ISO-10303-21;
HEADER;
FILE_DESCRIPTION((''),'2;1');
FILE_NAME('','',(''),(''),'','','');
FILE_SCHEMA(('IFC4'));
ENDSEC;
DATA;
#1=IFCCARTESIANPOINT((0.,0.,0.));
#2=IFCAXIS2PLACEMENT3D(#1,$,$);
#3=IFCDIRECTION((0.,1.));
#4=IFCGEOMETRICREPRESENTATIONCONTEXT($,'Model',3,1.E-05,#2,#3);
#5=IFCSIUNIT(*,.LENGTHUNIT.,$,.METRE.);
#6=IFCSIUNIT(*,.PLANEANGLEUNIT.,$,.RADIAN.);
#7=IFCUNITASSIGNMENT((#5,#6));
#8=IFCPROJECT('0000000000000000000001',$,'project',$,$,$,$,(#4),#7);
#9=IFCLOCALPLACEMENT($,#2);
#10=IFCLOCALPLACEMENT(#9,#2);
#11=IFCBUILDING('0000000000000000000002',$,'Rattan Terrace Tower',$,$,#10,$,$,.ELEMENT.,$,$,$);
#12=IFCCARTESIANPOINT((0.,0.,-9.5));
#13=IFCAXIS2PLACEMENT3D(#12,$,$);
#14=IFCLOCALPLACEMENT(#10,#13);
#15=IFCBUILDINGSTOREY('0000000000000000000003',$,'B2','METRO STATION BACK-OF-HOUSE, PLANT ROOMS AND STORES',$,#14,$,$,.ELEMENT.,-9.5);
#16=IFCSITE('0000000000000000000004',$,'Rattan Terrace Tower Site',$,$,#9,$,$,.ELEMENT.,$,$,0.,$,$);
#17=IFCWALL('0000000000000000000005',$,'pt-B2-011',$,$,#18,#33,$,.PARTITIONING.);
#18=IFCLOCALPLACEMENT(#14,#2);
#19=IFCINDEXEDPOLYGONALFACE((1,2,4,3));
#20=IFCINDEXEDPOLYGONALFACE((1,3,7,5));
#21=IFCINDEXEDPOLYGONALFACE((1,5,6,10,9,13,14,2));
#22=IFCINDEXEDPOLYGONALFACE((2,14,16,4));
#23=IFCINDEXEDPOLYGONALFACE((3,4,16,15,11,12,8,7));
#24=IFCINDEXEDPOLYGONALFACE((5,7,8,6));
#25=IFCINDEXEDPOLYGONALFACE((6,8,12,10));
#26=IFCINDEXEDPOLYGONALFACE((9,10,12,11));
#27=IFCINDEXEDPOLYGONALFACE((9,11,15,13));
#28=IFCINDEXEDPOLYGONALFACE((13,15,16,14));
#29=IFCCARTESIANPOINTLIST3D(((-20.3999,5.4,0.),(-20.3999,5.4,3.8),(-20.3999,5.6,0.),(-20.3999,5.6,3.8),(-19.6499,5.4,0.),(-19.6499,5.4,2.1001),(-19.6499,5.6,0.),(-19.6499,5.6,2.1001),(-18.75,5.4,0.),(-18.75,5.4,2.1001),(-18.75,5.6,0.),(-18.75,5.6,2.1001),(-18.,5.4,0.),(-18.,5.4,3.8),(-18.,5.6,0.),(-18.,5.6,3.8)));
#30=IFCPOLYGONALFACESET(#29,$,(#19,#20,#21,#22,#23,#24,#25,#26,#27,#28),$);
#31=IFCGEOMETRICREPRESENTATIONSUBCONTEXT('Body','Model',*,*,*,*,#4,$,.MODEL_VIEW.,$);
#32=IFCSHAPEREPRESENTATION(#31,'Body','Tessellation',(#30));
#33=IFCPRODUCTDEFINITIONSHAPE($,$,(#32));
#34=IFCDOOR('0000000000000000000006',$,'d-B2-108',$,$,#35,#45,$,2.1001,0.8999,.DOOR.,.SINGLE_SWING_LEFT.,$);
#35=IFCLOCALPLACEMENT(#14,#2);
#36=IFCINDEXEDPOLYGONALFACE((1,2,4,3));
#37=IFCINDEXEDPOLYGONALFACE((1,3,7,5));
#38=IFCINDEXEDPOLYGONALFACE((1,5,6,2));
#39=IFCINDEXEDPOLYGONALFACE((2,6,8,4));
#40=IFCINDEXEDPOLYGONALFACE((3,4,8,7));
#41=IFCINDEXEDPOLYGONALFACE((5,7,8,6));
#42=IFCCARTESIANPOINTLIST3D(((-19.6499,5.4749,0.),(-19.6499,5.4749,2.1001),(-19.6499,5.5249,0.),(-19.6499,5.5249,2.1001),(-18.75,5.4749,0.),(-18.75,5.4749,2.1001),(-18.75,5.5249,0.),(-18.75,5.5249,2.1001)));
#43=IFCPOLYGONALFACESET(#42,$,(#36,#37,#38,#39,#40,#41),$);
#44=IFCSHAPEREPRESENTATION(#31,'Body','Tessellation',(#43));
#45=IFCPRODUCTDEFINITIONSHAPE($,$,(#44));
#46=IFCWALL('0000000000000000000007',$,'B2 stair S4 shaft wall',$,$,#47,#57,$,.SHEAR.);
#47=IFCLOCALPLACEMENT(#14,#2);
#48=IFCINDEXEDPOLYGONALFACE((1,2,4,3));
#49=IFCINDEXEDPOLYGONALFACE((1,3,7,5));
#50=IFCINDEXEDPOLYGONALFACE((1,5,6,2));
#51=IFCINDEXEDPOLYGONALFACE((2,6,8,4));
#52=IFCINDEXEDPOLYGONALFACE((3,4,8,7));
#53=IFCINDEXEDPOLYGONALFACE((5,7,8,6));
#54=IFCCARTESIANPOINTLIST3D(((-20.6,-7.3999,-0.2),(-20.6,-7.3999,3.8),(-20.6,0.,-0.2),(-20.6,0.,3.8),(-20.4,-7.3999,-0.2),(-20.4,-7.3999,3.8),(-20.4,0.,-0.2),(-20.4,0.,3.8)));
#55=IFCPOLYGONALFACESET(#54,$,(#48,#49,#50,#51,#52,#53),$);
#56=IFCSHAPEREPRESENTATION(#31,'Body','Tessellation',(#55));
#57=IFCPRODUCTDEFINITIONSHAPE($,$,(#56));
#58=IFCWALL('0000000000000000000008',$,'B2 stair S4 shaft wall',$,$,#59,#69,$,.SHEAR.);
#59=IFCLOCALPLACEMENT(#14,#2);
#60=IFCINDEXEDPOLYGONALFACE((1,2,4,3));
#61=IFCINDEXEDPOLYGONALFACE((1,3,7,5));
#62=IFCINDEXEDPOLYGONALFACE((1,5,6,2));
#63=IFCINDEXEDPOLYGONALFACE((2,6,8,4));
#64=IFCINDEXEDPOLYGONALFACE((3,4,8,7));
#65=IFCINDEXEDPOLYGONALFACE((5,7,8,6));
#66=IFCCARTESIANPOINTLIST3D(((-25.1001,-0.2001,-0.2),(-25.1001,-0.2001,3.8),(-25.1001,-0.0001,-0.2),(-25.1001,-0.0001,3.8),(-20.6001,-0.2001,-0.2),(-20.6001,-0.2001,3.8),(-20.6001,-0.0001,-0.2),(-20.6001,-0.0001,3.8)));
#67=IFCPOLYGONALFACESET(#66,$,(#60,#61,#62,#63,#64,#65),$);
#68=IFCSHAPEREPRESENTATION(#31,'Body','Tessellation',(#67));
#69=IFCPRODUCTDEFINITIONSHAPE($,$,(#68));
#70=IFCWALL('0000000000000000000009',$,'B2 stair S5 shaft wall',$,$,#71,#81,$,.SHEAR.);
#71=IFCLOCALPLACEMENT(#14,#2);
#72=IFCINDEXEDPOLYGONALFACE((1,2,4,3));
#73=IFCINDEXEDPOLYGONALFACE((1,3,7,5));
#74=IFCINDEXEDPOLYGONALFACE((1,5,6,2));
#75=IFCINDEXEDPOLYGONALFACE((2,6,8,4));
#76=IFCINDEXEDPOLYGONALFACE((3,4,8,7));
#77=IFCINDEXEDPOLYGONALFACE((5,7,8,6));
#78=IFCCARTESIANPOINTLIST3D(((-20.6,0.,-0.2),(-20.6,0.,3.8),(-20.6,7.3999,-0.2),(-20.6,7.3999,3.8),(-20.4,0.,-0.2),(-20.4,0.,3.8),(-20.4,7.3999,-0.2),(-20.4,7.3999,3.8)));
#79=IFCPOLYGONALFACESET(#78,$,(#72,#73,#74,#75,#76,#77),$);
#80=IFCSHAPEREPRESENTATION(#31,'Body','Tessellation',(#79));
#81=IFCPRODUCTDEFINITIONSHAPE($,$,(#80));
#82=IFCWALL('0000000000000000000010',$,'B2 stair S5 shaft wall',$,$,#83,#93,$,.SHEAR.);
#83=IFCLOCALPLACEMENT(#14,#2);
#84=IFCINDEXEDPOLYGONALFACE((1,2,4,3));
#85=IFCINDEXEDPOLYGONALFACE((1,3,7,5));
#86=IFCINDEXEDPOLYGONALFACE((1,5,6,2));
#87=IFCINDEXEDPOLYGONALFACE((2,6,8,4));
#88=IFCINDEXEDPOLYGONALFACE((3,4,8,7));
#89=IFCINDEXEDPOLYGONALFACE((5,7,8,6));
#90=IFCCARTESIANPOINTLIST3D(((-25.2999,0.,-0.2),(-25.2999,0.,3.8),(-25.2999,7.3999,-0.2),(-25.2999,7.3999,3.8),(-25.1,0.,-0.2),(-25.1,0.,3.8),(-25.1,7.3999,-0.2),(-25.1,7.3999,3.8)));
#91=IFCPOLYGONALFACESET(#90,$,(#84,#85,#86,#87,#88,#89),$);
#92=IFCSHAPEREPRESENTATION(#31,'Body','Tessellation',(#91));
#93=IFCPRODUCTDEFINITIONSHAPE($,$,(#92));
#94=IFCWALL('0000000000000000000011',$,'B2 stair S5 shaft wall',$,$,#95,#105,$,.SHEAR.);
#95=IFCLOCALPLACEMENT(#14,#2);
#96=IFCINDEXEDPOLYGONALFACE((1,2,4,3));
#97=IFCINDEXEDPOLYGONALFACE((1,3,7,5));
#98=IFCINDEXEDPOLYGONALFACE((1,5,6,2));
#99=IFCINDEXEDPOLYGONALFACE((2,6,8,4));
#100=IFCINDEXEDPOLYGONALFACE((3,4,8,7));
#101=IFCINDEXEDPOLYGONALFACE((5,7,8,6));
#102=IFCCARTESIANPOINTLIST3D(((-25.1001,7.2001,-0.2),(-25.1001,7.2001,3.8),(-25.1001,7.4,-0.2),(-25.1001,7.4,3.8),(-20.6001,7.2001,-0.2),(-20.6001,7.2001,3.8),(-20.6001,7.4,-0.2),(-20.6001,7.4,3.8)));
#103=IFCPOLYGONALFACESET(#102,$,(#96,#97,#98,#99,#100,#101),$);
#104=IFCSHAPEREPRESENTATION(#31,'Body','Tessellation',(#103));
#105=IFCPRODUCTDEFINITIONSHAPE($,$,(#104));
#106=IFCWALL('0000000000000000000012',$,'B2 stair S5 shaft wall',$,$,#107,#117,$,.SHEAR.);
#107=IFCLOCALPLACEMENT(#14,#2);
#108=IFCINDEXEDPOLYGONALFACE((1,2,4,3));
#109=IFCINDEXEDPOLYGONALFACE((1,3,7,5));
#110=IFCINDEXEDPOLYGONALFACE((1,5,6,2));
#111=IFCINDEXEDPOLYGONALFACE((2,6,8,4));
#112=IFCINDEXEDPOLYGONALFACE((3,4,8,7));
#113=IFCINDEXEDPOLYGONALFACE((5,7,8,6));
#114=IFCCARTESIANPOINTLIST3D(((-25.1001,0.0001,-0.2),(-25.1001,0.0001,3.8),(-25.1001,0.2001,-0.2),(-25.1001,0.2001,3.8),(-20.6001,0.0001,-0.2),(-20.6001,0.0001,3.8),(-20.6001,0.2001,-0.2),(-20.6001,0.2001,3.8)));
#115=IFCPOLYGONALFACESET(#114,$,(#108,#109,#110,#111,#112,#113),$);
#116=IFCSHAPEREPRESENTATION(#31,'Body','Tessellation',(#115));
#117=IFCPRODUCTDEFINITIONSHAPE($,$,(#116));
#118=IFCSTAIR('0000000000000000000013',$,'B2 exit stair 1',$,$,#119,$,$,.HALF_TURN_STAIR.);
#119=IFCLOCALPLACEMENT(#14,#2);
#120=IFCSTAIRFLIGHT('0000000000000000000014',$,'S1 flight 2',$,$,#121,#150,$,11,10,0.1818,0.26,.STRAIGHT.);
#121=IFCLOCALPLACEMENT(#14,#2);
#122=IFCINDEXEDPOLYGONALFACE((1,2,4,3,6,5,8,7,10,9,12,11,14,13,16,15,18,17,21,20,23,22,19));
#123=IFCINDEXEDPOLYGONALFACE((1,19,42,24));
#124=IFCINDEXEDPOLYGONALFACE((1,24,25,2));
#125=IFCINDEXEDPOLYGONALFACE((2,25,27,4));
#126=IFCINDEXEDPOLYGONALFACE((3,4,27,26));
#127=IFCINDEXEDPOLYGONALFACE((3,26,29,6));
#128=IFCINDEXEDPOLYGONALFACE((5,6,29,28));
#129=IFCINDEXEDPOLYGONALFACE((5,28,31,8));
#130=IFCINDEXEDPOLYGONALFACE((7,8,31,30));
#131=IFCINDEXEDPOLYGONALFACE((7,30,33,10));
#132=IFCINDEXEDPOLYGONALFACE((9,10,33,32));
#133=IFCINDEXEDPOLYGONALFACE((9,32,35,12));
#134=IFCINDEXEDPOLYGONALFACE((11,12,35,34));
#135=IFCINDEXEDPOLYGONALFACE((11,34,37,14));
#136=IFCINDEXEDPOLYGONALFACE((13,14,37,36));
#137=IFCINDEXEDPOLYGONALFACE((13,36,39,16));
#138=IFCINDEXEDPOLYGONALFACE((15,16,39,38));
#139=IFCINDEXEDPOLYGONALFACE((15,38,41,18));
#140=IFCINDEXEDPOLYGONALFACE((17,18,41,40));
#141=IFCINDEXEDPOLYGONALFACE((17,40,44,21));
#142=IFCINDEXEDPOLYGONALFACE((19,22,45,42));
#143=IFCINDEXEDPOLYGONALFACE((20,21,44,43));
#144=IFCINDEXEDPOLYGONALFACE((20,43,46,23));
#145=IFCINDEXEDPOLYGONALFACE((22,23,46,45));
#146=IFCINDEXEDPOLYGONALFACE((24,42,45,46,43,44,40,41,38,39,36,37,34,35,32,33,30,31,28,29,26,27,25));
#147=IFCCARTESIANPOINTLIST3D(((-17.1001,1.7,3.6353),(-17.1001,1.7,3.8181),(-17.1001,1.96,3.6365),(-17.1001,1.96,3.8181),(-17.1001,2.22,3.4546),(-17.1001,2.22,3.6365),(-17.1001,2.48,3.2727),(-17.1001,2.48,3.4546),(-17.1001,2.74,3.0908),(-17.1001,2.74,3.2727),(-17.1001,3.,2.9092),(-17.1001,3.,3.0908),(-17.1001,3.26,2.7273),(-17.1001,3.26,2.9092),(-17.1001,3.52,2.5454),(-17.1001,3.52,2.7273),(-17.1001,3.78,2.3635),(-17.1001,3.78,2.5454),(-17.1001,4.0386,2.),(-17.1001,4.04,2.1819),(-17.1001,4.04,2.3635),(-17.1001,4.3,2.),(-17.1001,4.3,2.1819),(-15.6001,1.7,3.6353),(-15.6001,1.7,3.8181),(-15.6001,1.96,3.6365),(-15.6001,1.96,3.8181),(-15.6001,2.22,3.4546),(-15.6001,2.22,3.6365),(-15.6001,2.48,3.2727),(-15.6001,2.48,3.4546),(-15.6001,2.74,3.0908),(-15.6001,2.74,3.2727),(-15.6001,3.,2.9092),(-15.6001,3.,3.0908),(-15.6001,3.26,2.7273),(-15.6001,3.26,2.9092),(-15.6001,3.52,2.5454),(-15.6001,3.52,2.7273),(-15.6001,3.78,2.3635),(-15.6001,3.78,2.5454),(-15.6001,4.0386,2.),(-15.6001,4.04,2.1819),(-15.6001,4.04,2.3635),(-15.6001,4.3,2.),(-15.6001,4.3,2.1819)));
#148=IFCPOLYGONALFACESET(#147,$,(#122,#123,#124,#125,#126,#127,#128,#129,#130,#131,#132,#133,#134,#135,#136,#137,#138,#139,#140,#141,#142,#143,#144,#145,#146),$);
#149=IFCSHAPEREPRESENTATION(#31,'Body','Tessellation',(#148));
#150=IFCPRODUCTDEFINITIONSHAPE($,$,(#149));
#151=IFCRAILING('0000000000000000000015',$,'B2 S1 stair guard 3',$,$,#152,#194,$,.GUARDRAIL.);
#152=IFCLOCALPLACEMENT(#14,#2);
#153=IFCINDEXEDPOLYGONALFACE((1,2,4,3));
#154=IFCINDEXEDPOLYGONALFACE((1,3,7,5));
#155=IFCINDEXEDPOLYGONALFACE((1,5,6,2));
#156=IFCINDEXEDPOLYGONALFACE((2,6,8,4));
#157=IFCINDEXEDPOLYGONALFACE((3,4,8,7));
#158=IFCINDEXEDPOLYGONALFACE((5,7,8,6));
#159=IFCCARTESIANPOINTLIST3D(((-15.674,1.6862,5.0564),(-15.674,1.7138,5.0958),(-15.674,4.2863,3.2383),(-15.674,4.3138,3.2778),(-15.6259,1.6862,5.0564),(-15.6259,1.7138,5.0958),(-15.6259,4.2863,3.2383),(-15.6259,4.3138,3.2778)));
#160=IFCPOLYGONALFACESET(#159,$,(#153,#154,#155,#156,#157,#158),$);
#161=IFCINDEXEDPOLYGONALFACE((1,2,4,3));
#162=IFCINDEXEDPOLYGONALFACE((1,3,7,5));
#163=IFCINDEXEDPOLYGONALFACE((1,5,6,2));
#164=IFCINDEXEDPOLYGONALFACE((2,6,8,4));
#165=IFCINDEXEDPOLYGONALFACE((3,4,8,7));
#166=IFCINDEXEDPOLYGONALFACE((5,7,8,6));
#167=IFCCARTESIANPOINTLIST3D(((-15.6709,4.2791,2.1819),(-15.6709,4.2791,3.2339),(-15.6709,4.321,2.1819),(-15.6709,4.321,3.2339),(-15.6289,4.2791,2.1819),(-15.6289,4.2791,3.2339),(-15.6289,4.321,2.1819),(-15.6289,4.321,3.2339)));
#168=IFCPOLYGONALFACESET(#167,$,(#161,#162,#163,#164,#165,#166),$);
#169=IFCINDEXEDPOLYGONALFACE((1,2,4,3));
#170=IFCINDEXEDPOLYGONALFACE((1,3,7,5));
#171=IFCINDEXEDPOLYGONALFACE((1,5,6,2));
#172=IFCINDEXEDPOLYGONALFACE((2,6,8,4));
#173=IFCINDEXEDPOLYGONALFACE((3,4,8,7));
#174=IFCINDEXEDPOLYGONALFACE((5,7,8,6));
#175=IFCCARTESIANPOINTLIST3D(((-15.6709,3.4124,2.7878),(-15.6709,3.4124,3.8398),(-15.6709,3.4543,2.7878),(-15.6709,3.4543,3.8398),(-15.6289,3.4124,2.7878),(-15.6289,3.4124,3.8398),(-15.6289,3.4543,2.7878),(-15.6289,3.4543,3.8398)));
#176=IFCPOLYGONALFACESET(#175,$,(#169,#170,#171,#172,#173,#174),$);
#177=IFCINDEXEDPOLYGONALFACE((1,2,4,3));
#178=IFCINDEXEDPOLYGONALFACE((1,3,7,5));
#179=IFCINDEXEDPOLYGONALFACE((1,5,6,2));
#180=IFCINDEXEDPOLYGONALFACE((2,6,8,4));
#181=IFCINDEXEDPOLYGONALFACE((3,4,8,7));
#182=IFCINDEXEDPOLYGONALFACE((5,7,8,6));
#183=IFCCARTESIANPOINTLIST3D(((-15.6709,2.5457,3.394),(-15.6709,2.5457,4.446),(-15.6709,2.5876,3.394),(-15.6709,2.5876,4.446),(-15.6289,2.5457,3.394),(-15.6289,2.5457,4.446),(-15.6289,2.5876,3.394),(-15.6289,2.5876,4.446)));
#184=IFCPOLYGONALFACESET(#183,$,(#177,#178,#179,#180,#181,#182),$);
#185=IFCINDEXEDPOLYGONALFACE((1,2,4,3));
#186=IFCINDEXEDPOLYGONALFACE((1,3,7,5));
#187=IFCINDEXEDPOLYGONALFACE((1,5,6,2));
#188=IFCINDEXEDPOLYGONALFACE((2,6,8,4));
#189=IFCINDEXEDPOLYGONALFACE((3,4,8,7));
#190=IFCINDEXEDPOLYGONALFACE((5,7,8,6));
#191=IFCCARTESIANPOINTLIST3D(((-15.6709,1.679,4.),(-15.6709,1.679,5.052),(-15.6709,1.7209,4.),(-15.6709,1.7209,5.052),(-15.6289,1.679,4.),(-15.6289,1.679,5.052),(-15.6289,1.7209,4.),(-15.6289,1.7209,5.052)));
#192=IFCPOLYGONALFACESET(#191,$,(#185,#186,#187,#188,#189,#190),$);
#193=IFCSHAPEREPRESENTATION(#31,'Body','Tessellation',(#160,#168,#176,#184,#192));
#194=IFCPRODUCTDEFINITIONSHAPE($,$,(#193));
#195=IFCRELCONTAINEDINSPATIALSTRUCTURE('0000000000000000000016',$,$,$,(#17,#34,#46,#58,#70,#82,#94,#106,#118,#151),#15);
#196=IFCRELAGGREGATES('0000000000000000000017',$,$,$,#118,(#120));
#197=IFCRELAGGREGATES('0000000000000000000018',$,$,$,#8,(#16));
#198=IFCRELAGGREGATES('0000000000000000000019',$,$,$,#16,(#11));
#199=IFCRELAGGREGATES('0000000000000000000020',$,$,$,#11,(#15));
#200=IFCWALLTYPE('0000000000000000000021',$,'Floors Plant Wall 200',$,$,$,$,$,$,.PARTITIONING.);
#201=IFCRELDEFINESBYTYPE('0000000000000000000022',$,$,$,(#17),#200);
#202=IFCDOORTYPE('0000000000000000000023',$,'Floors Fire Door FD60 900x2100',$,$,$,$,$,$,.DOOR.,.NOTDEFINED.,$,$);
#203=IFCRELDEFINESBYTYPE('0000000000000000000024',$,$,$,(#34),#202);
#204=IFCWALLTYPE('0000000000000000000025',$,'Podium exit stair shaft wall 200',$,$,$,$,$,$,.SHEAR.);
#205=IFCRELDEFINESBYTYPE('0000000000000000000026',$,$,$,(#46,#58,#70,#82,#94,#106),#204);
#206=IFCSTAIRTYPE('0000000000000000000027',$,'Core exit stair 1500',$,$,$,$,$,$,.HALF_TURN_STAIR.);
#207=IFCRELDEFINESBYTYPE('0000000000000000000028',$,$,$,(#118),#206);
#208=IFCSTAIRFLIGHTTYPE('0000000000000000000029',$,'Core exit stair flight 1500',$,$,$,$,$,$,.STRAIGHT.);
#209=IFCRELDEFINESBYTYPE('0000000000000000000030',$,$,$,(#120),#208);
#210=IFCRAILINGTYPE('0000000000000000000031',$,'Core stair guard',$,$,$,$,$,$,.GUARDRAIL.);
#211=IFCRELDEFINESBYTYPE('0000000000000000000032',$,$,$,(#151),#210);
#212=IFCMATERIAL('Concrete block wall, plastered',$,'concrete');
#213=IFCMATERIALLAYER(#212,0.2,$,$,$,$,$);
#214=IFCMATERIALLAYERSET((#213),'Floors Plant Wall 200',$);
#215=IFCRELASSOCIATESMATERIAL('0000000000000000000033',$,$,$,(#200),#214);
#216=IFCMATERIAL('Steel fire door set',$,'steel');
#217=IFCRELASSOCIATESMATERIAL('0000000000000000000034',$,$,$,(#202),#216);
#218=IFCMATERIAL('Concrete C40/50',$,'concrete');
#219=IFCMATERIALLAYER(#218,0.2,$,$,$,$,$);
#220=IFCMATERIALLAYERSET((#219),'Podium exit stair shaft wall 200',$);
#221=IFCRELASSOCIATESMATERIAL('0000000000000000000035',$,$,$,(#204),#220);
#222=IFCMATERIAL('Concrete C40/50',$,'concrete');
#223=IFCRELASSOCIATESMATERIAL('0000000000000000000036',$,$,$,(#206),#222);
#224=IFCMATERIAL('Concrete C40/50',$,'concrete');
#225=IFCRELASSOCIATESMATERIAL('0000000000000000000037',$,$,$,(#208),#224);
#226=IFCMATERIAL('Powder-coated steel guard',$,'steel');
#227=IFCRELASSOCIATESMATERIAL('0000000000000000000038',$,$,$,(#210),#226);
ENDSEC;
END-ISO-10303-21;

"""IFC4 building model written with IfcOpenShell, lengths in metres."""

from ifc_helpers import new_model, si_unit, direction, frame, frame_2d, origin, origin_2d, place, context, subcontext, project, spatial, polyline, rectangle, outline, extrude, material, layer, layer_set, type_object, element, fill, aggregate, save


model = new_model("IFC4")

# Units and contexts
model_context = context("Model", 3, precision=1e-05, world=origin(), true_north=direction((0.0, 1.0)))
body_context = subcontext(model_context, "Body", "Model", "MODEL_VIEW")
ifc_project = project(units=[si_unit("LENGTHUNIT", "METRE"), si_unit("PLANEANGLEUNIT", "RADIAN")], contexts=[model_context])

# Site, building, storey
site_placement = place(None, origin())
site = spatial("IfcSite", under=ifc_project, at=site_placement, Name="Rattan Terrace Tower Site", CompositionType="ELEMENT", RefElevation=0.0)
building_placement = place(site_placement, origin())
building = spatial("IfcBuilding", under=site, at=building_placement, Name="Rattan Terrace Tower", CompositionType="ELEMENT")
storey_placement = place(building_placement, frame((0.0, 0.0, -9.5)))
storey = spatial("IfcBuildingStorey", under=building, at=storey_placement, Name="B2", Description="METRO STATION BACK-OF-HOUSE, PLANT ROOMS AND STORES", CompositionType="ELEMENT", Elevation=-9.5)

# Wall, opening, door
ifc_material_1 = material(Name="Concrete block wall, plastered", Category="concrete")
ifc_layer_1 = layer(ifc_material_1, 0.2)
ifc_layer_set_1 = layer_set([ifc_layer_1], Name="Floors Plant Wall 200")
wall_type_1 = type_object("IfcWallType", Name="Floors Plant Wall 200", PredefinedType="PARTITIONING", material=ifc_layer_set_1)
wall_1_placement = place(storey_placement, frame((-20.3999, 5.5, 0.0), z_axis=(0.0, 0.0, 1.0), x_axis=(1.0, 0.0, 0.0)))
wall_1 = element("IfcWall", 1, at=wall_1_placement, inside=storey, type_object=wall_type_1, Name="pt-B2-011", PredefinedType="PARTITIONING", context=body_context, shape_type="SweptSolid", body=[
    extrude(rectangle(XDim=2.3999, YDim=0.2, at=frame_2d((1.2, 0.0))), origin(), (0.0, 0.0, 1.0), 3.8),
])
opening_1_placement = place(wall_1_placement, frame((0.75, 0.0, 0.0)))
opening_1 = element("IfcOpeningElement", 2, at=opening_1_placement, cuts=wall_1, PredefinedType="OPENING", context=body_context, shape_type="SweptSolid", body=[
    extrude(rectangle(XDim=0.8999, YDim=2.1001, at=frame_2d((0.45, 1.05))), frame((0.0, 0.1106, 0.0), z_axis=(0.0, -1.0, 0.0), x_axis=(1.0, 0.0, 0.0)), (0.0, 0.0, 1.0), 0.2209),
])
ifc_material_2 = material(Name="Steel fire door set", Category="steel")
door_type_1 = type_object("IfcDoorType", Name="Floors Fire Door FD60 900x2100", OperationType="NOTDEFINED", PredefinedType="DOOR", material=ifc_material_2)
door_1_placement = place(opening_1_placement, origin())
door_1 = element("IfcDoor", 3, at=door_1_placement, inside=storey, type_object=door_type_1, Name="d-B2-108", OperationType="SINGLE_SWING_LEFT", OverallHeight=2.1001, OverallWidth=0.8999, PredefinedType="DOOR", context=body_context, shape_type="SweptSolid", body=[
    extrude(rectangle(XDim=0.8999, YDim=2.1001, at=frame_2d((0.45, 1.05))), frame((0.0, 0.0249, 0.0), z_axis=(0.0, -1.0, 0.0), x_axis=(1.0, 0.0, 0.0)), (0.0, 0.0, 1.0), 0.05),
])
fill(opening_1, door_1)

# Walls
ifc_material_3 = material(Name="Concrete C40/50", Category="concrete")
ifc_layer_2 = layer(ifc_material_3, 0.2)
ifc_layer_set_2 = layer_set([ifc_layer_2], Name="Podium exit stair shaft wall 200")
wall_type_2 = type_object("IfcWallType", Name="Podium exit stair shaft wall 200", PredefinedType="SHEAR", material=ifc_layer_set_2)
wall_2_placement = place(storey_placement, frame((-20.5, 0.0, -0.2), z_axis=(0.0, 0.0, 1.0), x_axis=(0.0, -1.0, 0.0)))
element("IfcWall", 4, at=wall_2_placement, inside=storey, type_object=wall_type_2, Name="B2 stair S4 shaft wall", PredefinedType="SHEAR", context=body_context, shape_type="SweptSolid", body=[
    extrude(rectangle(XDim=7.3999, YDim=0.2, at=frame_2d((3.7, 0.0))), origin(), (0.0, 0.0, 1.0), 4.0),
])
wall_3_placement = place(storey_placement, frame((-25.1001, -0.1001, -0.2), z_axis=(0.0, 0.0, 1.0), x_axis=(1.0, 0.0, 0.0)))
element("IfcWall", 5, at=wall_3_placement, inside=storey, type_object=wall_type_2, Name="B2 stair S4 shaft wall", PredefinedType="SHEAR", context=body_context, shape_type="SweptSolid", body=[
    extrude(rectangle(XDim=4.5, YDim=0.2, at=frame_2d((2.25, 0.0))), origin(), (0.0, 0.0, 1.0), 4.0),
])
for number, where, z_axis, x_axis, name in (
    (6, (-20.5, 7.3999, -0.2), (0.0, 0.0, 1.0), (0.0, -1.0, 0.0), "B2 stair S5 shaft wall"),
    (7, (-25.2, 0.0, -0.2), (0.0, 0.0, 1.0), (0.0, 1.0, 0.0), "B2 stair S5 shaft wall"),
):
    element("IfcWall", number, at=place(storey_placement, frame(where, z_axis=z_axis, x_axis=x_axis)), inside=storey, type_object=wall_type_2, Name=name, PredefinedType="SHEAR", context=body_context, shape_type="SweptSolid", body=[
        extrude(rectangle(XDim=7.3999, YDim=0.2, at=frame_2d((3.7, 0.0))), origin(), (0.0, 0.0, 1.0), 4.0),
    ])
for number, where, z_axis, x_axis, name in (
    (8, (-25.1001, 7.3, -0.2), (0.0, 0.0, 1.0), (1.0, 0.0, 0.0), "B2 stair S5 shaft wall"),
    (9, (-25.1001, 0.1001, -0.2), (0.0, 0.0, 1.0), (1.0, 0.0, 0.0), "B2 stair S5 shaft wall"),
):
    element("IfcWall", number, at=place(storey_placement, frame(where, z_axis=z_axis, x_axis=x_axis)), inside=storey, type_object=wall_type_2, Name=name, PredefinedType="SHEAR", context=body_context, shape_type="SweptSolid", body=[
        extrude(rectangle(XDim=4.5, YDim=0.2, at=frame_2d((2.25, 0.0))), origin(), (0.0, 0.0, 1.0), 4.0),
    ])

# Stair, stair flight
ifc_material_4 = material(Name="Concrete C40/50", Category="concrete")
stair_type = type_object("IfcStairType", Name="Core exit stair 1500", PredefinedType="HALF_TURN_STAIR", material=ifc_material_4)
stair_placement = place(storey_placement, origin())
stair = element("IfcStair", 10, at=stair_placement, inside=storey, type_object=stair_type, Name="B2 exit stair 1", PredefinedType="HALF_TURN_STAIR")
ifc_material_5 = material(Name="Concrete C40/50", Category="concrete")
stair_flight_type = type_object("IfcStairFlightType", Name="Core exit stair flight 1500", PredefinedType="STRAIGHT", material=ifc_material_5)
stair_flight_placement = place(storey_placement, frame((-16.3501, 4.3, 2.0), z_axis=(0.0, 0.0, 1.0), x_axis=(0.0, -1.0, 0.0)))
stair_flight = element("IfcStairFlight", 11, at=stair_flight_placement, type_object=stair_flight_type, Name="S1 flight 2", NumberOfRisers=11, NumberOfTreads=10, PredefinedType="STRAIGHT", RiserHeight=0.1818, TreadLength=0.26, context=body_context, shape_type="SweptSolid", body=[
    extrude(outline(polyline([(0.0, 0.0), (0.0, 0.1819), (0.26, 0.1819), (0.26, 0.3635), (0.52, 0.3635), (0.52, 0.5454), (0.78, 0.5454), (0.78, 0.7273), (1.04, 0.7273), (1.04, 0.9092), (1.3, 0.9092), (1.3, 1.0908), (1.5601, 1.0908), (1.5601, 1.2727), (1.8201, 1.2727), (1.8201, 1.4546), (2.0801, 1.4546), (2.0801, 1.6365), (2.3401, 1.6365), (2.3401, 1.8181), (2.6001, 1.8181), (2.6001, 2.0), (2.6001, 1.6353), (0.2615, 0.0), (0.0, 0.0)])), frame((0.0, 0.75, 0.0), z_axis=(0.0, -1.0, 0.0), x_axis=(1.0, 0.0, 0.0)), (0.0, 0.0, 1.0), 1.5),
])
aggregate(stair, [stair_flight])

# Railing
ifc_material_6 = material(Name="Powder-coated steel guard", Category="steel")
railing_type_1 = type_object("IfcRailingType", Name="Core stair guard", PredefinedType="GUARDRAIL", material=ifc_material_6)
railing_1_placement = place(storey_placement, frame((-15.6499, 4.3, 2.1819)))
element("IfcRailing", 12, at=railing_1_placement, inside=storey, type_object=railing_type_1, Name="B2 S1 stair guard 3", PredefinedType="GUARDRAIL", context=body_context, shape_type="SweptSolid", body=[
    extrude(rectangle(XDim=0.0481, YDim=0.0481, at=origin_2d()), frame((0.0, 0.0, 1.0762), z_axis=(0.0, -0.819521, 0.573049), x_axis=(1.0, 0.0, 0.0)), (0.0, 0.0, 1.0), 3.1726),
    extrude(rectangle(XDim=0.042, YDim=0.042, at=origin_2d()), origin(), (0.0, 0.0, 1.0), 1.052),
    extrude(rectangle(XDim=0.042, YDim=0.042, at=origin_2d()), frame((0.0, -0.8667, 0.606)), (0.0, 0.0, 1.0), 1.052),
    extrude(rectangle(XDim=0.042, YDim=0.042, at=origin_2d()), frame((0.0, -1.7334, 1.2122)), (0.0, 0.0, 1.0), 1.052),
    extrude(rectangle(XDim=0.042, YDim=0.042, at=origin_2d()), frame((0.0, -2.6001, 1.8181)), (0.0, 0.0, 1.0), 1.052),
])

save(model, "model.ifc")
